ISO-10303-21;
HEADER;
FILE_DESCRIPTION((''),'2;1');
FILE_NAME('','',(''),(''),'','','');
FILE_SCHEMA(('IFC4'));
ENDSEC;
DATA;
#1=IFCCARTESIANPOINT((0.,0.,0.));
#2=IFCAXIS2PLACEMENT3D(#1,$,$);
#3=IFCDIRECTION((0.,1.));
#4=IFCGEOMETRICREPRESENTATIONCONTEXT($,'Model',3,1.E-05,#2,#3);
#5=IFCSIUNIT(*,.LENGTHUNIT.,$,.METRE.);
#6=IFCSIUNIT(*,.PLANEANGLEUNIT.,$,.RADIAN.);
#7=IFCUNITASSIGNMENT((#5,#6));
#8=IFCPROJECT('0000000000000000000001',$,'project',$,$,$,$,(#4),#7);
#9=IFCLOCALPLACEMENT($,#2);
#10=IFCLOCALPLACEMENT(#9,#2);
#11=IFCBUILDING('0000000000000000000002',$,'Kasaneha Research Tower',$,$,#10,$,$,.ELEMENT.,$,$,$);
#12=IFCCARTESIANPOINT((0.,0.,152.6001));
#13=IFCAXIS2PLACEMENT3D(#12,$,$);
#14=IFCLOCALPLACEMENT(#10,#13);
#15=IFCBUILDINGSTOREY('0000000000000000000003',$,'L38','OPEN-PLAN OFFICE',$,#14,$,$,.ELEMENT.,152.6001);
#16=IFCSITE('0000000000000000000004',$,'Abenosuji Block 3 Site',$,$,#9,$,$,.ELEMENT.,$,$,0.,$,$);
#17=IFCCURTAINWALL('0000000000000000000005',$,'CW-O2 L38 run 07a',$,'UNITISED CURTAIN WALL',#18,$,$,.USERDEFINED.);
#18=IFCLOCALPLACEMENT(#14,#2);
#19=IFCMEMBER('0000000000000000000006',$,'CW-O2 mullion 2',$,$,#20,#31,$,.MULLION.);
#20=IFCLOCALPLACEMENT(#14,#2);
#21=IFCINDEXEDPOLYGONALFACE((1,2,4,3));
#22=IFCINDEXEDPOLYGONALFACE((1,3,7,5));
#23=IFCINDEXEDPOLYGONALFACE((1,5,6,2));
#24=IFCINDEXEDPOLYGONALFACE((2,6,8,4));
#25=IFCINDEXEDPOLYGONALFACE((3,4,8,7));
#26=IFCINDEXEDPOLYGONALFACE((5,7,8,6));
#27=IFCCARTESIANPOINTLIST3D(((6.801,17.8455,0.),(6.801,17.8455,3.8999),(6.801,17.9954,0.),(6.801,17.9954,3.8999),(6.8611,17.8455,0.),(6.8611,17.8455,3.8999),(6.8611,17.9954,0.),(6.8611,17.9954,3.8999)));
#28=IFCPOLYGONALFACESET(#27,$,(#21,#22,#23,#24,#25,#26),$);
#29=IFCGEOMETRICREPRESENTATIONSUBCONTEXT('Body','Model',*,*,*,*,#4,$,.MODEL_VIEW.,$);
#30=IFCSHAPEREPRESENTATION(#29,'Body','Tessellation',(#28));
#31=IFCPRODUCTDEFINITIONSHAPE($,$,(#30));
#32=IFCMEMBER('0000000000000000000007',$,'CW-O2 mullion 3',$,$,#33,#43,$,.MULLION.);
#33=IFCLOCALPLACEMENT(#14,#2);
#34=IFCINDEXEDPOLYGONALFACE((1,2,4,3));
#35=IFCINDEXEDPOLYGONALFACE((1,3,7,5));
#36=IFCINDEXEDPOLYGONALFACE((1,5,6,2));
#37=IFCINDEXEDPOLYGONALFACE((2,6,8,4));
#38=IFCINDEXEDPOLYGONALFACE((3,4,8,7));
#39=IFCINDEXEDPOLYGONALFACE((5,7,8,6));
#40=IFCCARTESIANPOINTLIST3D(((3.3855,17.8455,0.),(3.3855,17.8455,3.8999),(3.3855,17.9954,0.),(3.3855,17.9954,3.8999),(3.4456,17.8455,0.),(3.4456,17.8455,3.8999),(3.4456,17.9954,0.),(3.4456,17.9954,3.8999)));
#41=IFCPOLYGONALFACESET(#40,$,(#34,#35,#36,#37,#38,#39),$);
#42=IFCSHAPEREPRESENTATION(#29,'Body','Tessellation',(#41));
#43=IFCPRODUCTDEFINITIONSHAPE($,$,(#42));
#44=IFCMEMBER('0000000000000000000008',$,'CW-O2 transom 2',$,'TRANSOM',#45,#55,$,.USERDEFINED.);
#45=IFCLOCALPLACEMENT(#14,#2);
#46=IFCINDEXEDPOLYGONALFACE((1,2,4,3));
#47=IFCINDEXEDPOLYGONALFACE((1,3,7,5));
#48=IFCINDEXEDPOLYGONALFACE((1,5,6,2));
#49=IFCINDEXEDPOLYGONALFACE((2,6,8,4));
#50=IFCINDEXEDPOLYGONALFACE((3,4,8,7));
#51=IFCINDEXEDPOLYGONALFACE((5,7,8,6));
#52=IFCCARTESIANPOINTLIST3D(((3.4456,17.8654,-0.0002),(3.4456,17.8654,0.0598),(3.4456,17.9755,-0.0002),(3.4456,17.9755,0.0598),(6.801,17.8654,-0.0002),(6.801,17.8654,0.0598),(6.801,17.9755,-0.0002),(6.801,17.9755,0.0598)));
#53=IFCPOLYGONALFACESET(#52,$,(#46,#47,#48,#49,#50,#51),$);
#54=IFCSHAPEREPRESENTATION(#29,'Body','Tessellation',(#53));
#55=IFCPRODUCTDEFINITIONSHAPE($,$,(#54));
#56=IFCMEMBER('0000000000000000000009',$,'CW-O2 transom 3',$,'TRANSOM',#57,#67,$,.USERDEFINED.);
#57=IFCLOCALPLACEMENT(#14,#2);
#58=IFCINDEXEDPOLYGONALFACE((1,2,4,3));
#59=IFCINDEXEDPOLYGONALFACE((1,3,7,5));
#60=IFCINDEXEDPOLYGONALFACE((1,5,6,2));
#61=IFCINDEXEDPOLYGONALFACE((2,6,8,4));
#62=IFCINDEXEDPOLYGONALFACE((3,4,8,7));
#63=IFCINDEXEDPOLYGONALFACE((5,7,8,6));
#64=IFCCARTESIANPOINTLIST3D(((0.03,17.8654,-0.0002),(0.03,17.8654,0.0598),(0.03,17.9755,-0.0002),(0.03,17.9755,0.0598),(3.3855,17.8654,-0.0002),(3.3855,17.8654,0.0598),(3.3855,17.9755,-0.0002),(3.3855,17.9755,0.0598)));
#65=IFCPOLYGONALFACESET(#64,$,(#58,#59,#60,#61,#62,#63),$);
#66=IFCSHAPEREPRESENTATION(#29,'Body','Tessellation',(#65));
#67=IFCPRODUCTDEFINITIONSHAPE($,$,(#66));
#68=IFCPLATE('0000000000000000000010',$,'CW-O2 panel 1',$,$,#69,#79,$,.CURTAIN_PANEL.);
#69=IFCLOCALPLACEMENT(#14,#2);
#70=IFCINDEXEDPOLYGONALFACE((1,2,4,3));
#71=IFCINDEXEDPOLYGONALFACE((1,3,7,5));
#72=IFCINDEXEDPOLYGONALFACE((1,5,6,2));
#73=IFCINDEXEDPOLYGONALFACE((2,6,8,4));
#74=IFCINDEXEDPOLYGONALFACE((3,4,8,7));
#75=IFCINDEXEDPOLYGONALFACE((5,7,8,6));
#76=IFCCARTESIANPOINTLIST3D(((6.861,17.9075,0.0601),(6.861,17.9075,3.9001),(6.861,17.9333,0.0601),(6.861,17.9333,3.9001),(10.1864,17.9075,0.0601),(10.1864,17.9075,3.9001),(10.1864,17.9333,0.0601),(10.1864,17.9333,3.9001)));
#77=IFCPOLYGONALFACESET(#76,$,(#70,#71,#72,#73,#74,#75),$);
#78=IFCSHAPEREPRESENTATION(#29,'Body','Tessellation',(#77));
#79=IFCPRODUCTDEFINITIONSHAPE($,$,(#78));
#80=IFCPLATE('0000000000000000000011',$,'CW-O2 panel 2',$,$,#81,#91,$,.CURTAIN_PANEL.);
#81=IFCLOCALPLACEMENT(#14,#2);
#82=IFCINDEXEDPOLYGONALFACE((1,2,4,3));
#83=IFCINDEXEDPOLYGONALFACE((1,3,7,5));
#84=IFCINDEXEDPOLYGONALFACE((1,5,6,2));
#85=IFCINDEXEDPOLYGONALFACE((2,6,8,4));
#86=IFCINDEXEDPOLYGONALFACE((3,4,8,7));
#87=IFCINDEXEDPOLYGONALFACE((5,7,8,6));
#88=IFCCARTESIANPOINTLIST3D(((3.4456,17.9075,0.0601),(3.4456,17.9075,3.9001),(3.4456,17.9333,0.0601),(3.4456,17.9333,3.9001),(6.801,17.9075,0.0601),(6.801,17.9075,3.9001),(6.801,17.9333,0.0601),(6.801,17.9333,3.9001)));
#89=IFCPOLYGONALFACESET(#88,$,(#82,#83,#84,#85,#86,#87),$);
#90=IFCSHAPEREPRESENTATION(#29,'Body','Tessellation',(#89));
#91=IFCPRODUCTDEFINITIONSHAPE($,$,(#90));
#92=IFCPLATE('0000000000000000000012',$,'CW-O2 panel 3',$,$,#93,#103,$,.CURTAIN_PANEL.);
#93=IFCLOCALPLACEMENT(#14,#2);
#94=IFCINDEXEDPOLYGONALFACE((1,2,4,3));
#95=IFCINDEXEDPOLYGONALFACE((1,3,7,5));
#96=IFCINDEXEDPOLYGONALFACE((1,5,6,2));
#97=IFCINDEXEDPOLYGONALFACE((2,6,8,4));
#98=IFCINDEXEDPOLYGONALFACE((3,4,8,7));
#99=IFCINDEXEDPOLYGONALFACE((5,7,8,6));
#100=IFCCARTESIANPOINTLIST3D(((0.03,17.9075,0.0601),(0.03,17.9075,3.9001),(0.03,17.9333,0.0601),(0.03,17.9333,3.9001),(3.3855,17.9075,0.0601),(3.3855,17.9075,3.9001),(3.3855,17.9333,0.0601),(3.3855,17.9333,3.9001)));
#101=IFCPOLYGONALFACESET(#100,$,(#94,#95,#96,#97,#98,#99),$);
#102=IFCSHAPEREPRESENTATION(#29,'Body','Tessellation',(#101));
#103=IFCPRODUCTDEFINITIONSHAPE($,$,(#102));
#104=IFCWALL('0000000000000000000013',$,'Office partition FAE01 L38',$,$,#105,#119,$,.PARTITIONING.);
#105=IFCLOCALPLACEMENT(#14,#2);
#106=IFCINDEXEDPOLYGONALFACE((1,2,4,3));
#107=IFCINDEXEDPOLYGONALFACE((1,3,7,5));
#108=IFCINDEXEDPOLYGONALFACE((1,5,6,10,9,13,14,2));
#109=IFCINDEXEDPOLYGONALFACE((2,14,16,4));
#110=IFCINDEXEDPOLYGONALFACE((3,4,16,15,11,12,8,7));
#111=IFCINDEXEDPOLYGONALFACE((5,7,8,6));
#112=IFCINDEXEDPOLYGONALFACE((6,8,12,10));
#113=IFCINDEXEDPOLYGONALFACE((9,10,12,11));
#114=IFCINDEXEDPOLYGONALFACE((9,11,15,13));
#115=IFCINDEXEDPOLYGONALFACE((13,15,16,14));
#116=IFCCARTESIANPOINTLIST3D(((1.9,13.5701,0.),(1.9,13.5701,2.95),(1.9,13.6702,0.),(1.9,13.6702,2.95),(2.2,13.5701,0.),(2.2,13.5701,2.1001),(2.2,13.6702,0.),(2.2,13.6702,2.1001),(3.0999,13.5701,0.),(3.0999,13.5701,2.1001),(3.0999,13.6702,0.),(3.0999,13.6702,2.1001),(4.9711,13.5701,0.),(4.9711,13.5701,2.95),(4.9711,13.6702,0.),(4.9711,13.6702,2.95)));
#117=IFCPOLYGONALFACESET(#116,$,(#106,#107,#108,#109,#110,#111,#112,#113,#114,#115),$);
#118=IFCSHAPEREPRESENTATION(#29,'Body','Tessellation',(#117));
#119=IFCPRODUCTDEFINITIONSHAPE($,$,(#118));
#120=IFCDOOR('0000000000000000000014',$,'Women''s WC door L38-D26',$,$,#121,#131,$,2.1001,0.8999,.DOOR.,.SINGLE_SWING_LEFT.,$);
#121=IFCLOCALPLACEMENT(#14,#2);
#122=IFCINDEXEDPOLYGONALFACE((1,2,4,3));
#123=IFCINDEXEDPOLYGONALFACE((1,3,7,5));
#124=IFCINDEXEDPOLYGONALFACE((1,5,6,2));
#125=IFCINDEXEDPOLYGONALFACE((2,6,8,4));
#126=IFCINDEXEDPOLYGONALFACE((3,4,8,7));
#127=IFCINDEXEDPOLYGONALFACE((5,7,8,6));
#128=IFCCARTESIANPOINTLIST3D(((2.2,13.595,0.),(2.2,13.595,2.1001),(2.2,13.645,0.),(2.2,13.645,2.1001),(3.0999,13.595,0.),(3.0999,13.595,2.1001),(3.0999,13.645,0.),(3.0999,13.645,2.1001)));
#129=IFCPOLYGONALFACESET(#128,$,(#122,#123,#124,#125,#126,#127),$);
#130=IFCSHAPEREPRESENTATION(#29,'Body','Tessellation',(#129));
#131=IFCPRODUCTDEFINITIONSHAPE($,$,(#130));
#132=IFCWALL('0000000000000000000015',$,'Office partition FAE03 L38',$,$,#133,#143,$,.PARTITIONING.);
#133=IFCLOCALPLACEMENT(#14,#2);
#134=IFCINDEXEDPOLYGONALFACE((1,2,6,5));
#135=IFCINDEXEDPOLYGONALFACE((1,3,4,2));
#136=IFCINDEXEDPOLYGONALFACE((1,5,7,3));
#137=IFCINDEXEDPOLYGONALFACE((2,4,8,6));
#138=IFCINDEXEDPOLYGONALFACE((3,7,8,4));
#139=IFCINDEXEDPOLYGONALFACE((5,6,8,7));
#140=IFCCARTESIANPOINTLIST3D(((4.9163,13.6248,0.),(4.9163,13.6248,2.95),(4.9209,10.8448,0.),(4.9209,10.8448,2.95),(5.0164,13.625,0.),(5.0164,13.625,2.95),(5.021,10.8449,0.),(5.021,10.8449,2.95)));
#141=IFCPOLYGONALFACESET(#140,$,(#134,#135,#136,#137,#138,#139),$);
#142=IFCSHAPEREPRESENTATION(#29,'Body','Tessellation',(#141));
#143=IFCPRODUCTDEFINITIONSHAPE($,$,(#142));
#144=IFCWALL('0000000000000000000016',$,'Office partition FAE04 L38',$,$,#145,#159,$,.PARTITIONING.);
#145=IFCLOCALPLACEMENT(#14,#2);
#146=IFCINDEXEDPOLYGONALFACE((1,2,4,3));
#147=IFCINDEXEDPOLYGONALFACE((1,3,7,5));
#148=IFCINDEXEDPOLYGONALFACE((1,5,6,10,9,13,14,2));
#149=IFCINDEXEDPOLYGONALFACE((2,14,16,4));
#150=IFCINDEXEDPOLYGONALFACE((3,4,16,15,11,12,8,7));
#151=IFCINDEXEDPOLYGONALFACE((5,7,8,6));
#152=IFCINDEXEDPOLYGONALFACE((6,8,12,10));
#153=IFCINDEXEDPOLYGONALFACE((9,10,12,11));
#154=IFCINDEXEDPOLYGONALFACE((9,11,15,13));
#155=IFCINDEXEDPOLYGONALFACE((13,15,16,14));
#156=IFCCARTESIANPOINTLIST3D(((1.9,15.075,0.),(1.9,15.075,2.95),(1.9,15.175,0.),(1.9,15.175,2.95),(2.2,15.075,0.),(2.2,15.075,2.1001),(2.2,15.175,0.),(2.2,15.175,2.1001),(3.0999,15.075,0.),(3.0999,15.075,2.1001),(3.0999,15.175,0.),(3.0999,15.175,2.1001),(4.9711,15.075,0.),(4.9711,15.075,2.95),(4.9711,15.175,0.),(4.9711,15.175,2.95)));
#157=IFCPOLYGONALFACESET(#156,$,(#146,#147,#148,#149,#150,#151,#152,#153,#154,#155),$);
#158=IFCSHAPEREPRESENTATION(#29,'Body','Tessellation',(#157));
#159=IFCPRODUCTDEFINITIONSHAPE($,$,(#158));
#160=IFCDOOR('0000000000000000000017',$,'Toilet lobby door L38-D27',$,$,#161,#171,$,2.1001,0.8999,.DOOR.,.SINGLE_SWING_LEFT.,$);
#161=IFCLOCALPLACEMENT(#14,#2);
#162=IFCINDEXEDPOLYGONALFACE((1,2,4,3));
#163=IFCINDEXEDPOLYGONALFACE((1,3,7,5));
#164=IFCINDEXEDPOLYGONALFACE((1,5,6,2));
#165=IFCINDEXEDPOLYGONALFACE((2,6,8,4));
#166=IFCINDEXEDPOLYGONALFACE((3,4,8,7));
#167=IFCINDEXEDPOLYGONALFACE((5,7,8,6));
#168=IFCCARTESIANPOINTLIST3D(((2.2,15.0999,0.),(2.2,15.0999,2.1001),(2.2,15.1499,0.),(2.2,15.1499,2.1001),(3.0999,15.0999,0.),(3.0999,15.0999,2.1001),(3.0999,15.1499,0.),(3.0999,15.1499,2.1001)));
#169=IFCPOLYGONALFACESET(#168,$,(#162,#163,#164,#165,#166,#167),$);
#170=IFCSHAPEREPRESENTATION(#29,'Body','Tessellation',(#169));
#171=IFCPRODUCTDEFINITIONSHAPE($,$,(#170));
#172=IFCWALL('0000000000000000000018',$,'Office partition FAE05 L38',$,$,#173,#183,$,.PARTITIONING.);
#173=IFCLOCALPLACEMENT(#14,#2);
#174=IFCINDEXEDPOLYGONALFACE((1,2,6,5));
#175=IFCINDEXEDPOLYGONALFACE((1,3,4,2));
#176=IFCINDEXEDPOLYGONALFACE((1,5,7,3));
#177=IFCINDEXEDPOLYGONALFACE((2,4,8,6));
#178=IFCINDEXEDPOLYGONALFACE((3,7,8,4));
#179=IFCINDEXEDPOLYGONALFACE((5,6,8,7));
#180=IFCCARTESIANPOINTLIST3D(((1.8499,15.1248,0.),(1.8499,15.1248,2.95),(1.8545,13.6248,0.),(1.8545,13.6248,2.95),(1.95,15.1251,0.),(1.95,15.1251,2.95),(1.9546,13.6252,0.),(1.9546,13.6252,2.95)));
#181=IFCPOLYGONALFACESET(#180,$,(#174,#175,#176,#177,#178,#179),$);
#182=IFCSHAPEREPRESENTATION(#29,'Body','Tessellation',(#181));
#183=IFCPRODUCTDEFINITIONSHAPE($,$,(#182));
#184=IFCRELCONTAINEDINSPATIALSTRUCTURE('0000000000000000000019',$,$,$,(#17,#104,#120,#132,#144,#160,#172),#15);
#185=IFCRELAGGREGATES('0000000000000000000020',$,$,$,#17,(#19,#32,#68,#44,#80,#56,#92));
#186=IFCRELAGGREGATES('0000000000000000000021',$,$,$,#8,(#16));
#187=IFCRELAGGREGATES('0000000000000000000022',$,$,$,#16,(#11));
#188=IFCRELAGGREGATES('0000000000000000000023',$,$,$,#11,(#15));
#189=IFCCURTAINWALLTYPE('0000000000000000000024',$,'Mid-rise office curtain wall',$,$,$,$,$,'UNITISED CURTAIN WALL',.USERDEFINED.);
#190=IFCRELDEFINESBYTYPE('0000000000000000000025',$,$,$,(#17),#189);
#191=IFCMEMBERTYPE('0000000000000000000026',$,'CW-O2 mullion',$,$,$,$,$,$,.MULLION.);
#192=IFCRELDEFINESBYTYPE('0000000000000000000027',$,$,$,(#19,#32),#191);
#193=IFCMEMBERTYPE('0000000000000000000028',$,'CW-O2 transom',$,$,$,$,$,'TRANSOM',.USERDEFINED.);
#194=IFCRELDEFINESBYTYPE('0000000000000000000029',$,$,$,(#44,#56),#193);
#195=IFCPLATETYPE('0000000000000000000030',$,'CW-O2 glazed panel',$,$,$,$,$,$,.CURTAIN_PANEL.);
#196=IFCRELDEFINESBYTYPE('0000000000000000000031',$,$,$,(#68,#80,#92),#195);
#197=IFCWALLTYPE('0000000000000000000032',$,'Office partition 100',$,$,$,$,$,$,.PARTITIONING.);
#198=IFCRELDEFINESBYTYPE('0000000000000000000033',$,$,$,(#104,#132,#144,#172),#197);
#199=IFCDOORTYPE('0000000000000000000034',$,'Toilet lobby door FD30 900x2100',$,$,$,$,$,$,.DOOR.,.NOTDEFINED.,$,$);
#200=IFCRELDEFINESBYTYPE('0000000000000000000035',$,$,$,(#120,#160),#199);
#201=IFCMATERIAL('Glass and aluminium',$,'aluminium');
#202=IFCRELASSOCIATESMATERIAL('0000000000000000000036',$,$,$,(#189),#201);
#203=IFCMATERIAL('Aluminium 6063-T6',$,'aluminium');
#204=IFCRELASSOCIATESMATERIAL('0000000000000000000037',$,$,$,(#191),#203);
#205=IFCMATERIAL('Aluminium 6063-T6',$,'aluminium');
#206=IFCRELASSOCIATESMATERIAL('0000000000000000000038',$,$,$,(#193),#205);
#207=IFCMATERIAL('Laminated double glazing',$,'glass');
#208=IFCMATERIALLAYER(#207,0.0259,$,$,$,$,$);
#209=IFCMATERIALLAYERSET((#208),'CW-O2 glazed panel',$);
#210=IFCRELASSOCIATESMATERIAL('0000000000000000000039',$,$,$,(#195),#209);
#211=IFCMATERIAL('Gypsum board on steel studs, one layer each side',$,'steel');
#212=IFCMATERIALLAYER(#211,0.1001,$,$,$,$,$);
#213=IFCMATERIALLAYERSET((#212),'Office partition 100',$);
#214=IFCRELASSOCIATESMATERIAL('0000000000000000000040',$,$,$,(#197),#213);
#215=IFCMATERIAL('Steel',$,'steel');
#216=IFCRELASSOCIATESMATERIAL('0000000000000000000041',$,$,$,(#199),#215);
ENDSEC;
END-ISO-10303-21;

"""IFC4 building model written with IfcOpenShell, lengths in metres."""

from ifc_helpers import new_model, si_unit, direction, frame, frame_2d, origin, origin_2d, place, context, subcontext, project, spatial, rectangle, extrude, material, layer, layer_set, material_profile, profile_set, type_object, element, fill, aggregate, save


model = new_model("IFC4")

# Units and contexts
model_context = context("Model", 3, precision=1e-05, world=origin(), true_north=direction((0.0, 1.0)))
body_context = subcontext(model_context, "Body", "Model", "MODEL_VIEW")
ifc_project = project(units=[si_unit("LENGTHUNIT", "METRE"), si_unit("PLANEANGLEUNIT", "RADIAN")], contexts=[model_context])

# Site, building, storey
site_placement = place(None, origin())
site = spatial("IfcSite", under=ifc_project, at=site_placement, Name="Abenosuji Block 3 Site", CompositionType="ELEMENT", RefElevation=0.0)
building_placement = place(site_placement, origin())
building = spatial("IfcBuilding", under=site, at=building_placement, Name="Kasaneha Research Tower", CompositionType="ELEMENT")
storey_placement = place(building_placement, frame((0.0, 0.0, 152.6001)))
storey = spatial("IfcBuildingStorey", under=building, at=storey_placement, Name="L38", Description="OPEN-PLAN OFFICE", CompositionType="ELEMENT", Elevation=152.6001)

# Curtain wall, members, plates
ifc_material_1 = material(Name="Glass and aluminium", Category="aluminium")
curtain_wall_type = type_object("IfcCurtainWallType", Name="Mid-rise office curtain wall", ElementType="UNITISED CURTAIN WALL", PredefinedType="USERDEFINED", material=ifc_material_1)
curtain_wall_placement = place(storey_placement, origin())
curtain_wall = element("IfcCurtainWall", 1, at=curtain_wall_placement, inside=storey, type_object=curtain_wall_type, Name="CW-O2 L38 run 07a", ObjectType="UNITISED CURTAIN WALL", PredefinedType="USERDEFINED")
ifc_material_2 = material(Name="Aluminium 6063-T6", Category="aluminium")
ifc_material_profile_1 = material_profile(ifc_material_2, rectangle(XDim=0.0601, YDim=0.1499, at=origin_2d()), Name="CW-O2 mullion 60x150")
ifc_profile_set_1 = profile_set([ifc_material_profile_1], Name="Aluminium 6063-T6")
member_type_1 = type_object("IfcMemberType", Name="CW-O2 mullion", PredefinedType="MULLION", material=ifc_profile_set_1)
member_1_placement = place(storey_placement, frame((6.8311, 17.9204, 0.0), z_axis=(0.0, 0.0, 1.0), x_axis=(-1.0, 0.0, 0.0)))
member_1 = element("IfcMember", 2, at=member_1_placement, type_object=member_type_1, Name="CW-O2 mullion 2", PredefinedType="MULLION", context=body_context, shape_type="SweptSolid", body=[
    extrude(rectangle(XDim=0.0601, YDim=0.1499, at=origin_2d()), origin(), (0.0, 0.0, 1.0), 3.8999),
])
member_2_placement = place(storey_placement, frame((3.4155, 17.9204, 0.0), z_axis=(0.0, 0.0, 1.0), x_axis=(-1.0, 0.0, 0.0)))
member_2 = element("IfcMember", 3, at=member_2_placement, type_object=member_type_1, Name="CW-O2 mullion 3", PredefinedType="MULLION", context=body_context, shape_type="SweptSolid", body=[
    extrude(rectangle(XDim=0.0601, YDim=0.1499, at=origin_2d()), origin(), (0.0, 0.0, 1.0), 3.8999),
])
ifc_material_3 = material(Name="Aluminium 6063-T6", Category="aluminium")
ifc_material_profile_2 = material_profile(ifc_material_3, rectangle(XDim=0.1101, YDim=0.0601, at=origin_2d()), Name="CW-O2 transom 110x60")
ifc_profile_set_2 = profile_set([ifc_material_profile_2], Name="Aluminium 6063-T6")
member_type_2 = type_object("IfcMemberType", Name="CW-O2 transom", ElementType="TRANSOM", PredefinedType="USERDEFINED", material=ifc_profile_set_2)
member_3_placement = place(storey_placement, frame((6.801, 17.9204, 0.0298), z_axis=(-1.0, 0.0, 0.0), x_axis=(0.0, -1.0, 0.0)))
member_3 = element("IfcMember", 4, at=member_3_placement, type_object=member_type_2, Name="CW-O2 transom 2", ObjectType="TRANSOM", PredefinedType="USERDEFINED", context=body_context, shape_type="SweptSolid", body=[
    extrude(rectangle(XDim=0.1101, YDim=0.0601, at=origin_2d()), origin(), (0.0, 0.0, 1.0), 3.3555),
])
member_4_placement = place(storey_placement, frame((3.3855, 17.9204, 0.0298), z_axis=(-1.0, 0.0, 0.0), x_axis=(0.0, -1.0, 0.0)))
member_4 = element("IfcMember", 5, at=member_4_placement, type_object=member_type_2, Name="CW-O2 transom 3", ObjectType="TRANSOM", PredefinedType="USERDEFINED", context=body_context, shape_type="SweptSolid", body=[
    extrude(rectangle(XDim=0.1101, YDim=0.0601, at=origin_2d()), origin(), (0.0, 0.0, 1.0), 3.3555),
])
ifc_material_4 = material(Name="Laminated double glazing", Category="glass")
ifc_layer_1 = layer(ifc_material_4, 0.0259)
ifc_layer_set_1 = layer_set([ifc_layer_1], Name="CW-O2 glazed panel")
plate_type = type_object("IfcPlateType", Name="CW-O2 glazed panel", PredefinedType="CURTAIN_PANEL", material=ifc_layer_set_1)
plate_1_placement = place(storey_placement, frame((8.5237, 17.9204, 0.0601), z_axis=(0.0, 0.0, 1.0), x_axis=(-1.0, 0.0, 0.0)))
plate_1 = element("IfcPlate", 6, at=plate_1_placement, type_object=plate_type, Name="CW-O2 panel 1", PredefinedType="CURTAIN_PANEL", context=body_context, shape_type="SweptSolid", body=[
    extrude(rectangle(XDim=3.3254, YDim=0.0259, at=origin_2d()), origin(), (0.0, 0.0, 1.0), 3.8401),
])
plate_2_placement = place(storey_placement, frame((5.1233, 17.9204, 0.0601), z_axis=(0.0, 0.0, 1.0), x_axis=(-1.0, 0.0, 0.0)))
plate_2 = element("IfcPlate", 7, at=plate_2_placement, type_object=plate_type, Name="CW-O2 panel 2", PredefinedType="CURTAIN_PANEL", context=body_context, shape_type="SweptSolid", body=[
    extrude(rectangle(XDim=3.3555, YDim=0.0259, at=origin_2d()), origin(), (0.0, 0.0, 1.0), 3.8401),
])
plate_3_placement = place(storey_placement, frame((1.7078, 17.9204, 0.0601), z_axis=(0.0, 0.0, 1.0), x_axis=(-1.0, 0.0, 0.0)))
plate_3 = element("IfcPlate", 8, at=plate_3_placement, type_object=plate_type, Name="CW-O2 panel 3", PredefinedType="CURTAIN_PANEL", context=body_context, shape_type="SweptSolid", body=[
    extrude(rectangle(XDim=3.3555, YDim=0.0259, at=origin_2d()), origin(), (0.0, 0.0, 1.0), 3.8401),
])
aggregate(curtain_wall, [member_1, member_2, plate_1, member_3, plate_2, member_4, plate_3])

# Wall, opening, door
ifc_material_5 = material(Name="Gypsum board on steel studs, one layer each side", Category="steel")
ifc_layer_2 = layer(ifc_material_5, 0.1001)
ifc_layer_set_2 = layer_set([ifc_layer_2], Name="Office partition 100")
wall_type_1 = type_object("IfcWallType", Name="Office partition 100", PredefinedType="PARTITIONING", material=ifc_layer_set_2)
wall_1_placement = place(storey_placement, frame((1.8999, 13.6201, 0.0), z_axis=(0.0, 0.0, 1.0), x_axis=(1.0, 0.0, 0.0)))
wall_1 = element("IfcWall", 9, at=wall_1_placement, inside=storey, type_object=wall_type_1, Name="Office partition FAE01 L38", PredefinedType="PARTITIONING", context=body_context, shape_type="SweptSolid", body=[
    extrude(rectangle(XDim=3.071, YDim=0.1001, at=frame_2d((1.5356, 0.0))), origin(), (0.0, 0.0, 1.0), 2.95),
])
opening_1_placement = place(wall_1_placement, frame((0.3, 0.0, 0.0)))
opening_1 = element("IfcOpeningElement", 10, at=opening_1_placement, cuts=wall_1, PredefinedType="OPENING", context=body_context, shape_type="SweptSolid", body=[
    extrude(rectangle(XDim=0.8999, YDim=2.1001, at=frame_2d((0.45, 1.05))), frame((0.0, 0.0601, 0.0), z_axis=(0.0, -1.0, 0.0), x_axis=(1.0, 0.0, 0.0)), (0.0, 0.0, 1.0), 0.1201),
])
ifc_material_6 = material(Name="Steel", Category="steel")
door_type = type_object("IfcDoorType", Name="Toilet lobby door FD30 900x2100", OperationType="NOTDEFINED", PredefinedType="DOOR", material=ifc_material_6)
door_1_placement = place(opening_1_placement, origin())
door_1 = element("IfcDoor", 11, at=door_1_placement, inside=storey, type_object=door_type, Name="Women's WC door L38-D26", OperationType="SINGLE_SWING_LEFT", OverallHeight=2.1001, OverallWidth=0.8999, PredefinedType="DOOR", context=body_context, shape_type="SweptSolid", body=[
    extrude(rectangle(XDim=0.8999, YDim=2.1001, at=frame_2d((0.45, 1.05))), frame((0.0, 0.0249, 0.0), z_axis=(0.0, -1.0, 0.0), x_axis=(1.0, 0.0, 0.0)), (0.0, 0.0, 1.0), 0.05),
])
fill(opening_1, door_1)

# Wall
wall_2_placement = place(storey_placement, frame((4.9663, 13.625, 0.0), z_axis=(0.0, 0.0, 1.0), x_axis=(0.001669, -0.999999, 0.0)))
element("IfcWall", 12, at=wall_2_placement, inside=storey, type_object=wall_type_1, Name="Office partition FAE03 L38", PredefinedType="PARTITIONING", context=body_context, shape_type="SweptSolid", body=[
    extrude(rectangle(XDim=2.78, YDim=0.1001, at=frame_2d((1.3901, 0.0))), origin(), (0.0, 0.0, 1.0), 2.95),
])

# Wall, opening, door
wall_3_placement = place(storey_placement, frame((1.8999, 15.125, 0.0), z_axis=(0.0, 0.0, 1.0), x_axis=(1.0, 0.0, 0.0)))
wall_3 = element("IfcWall", 13, at=wall_3_placement, inside=storey, type_object=wall_type_1, Name="Office partition FAE04 L38", PredefinedType="PARTITIONING", context=body_context, shape_type="SweptSolid", body=[
    extrude(rectangle(XDim=3.071, YDim=0.1001, at=frame_2d((1.5356, 0.0))), origin(), (0.0, 0.0, 1.0), 2.95),
])
opening_2_placement = place(wall_3_placement, frame((0.3, 0.0, 0.0)))
opening_2 = element("IfcOpeningElement", 14, at=opening_2_placement, cuts=wall_3, PredefinedType="OPENING", context=body_context, shape_type="SweptSolid", body=[
    extrude(rectangle(XDim=0.8999, YDim=2.1001, at=frame_2d((0.45, 1.05))), frame((0.0, 0.0601, 0.0), z_axis=(0.0, -1.0, 0.0), x_axis=(1.0, 0.0, 0.0)), (0.0, 0.0, 1.0), 0.1201),
])
door_2_placement = place(opening_2_placement, origin())
door_2 = element("IfcDoor", 15, at=door_2_placement, inside=storey, type_object=door_type, Name="Toilet lobby door L38-D27", OperationType="SINGLE_SWING_LEFT", OverallHeight=2.1001, OverallWidth=0.8999, PredefinedType="DOOR", context=body_context, shape_type="SweptSolid", body=[
    extrude(rectangle(XDim=0.8999, YDim=2.1001, at=frame_2d((0.45, 1.05))), frame((0.0, 0.0249, 0.0), z_axis=(0.0, -1.0, 0.0), x_axis=(1.0, 0.0, 0.0)), (0.0, 0.0, 1.0), 0.05),
])
fill(opening_2, door_2)

# Wall
for number, where, z_axis, x_axis, name in (
    (16, (1.9045, 13.625, 0.0), (0.0, 0.0, 1.0), (-0.003092, 0.999995, 0.0), "Office partition FAE05 L38"),
):
    element("IfcWall", number, at=place(storey_placement, frame(where, z_axis=z_axis, x_axis=x_axis)), inside=storey, type_object=wall_type_1, Name=name, PredefinedType="PARTITIONING", context=body_context, shape_type="SweptSolid", body=[
        extrude(rectangle(XDim=1.5, YDim=0.1001, at=frame_2d((0.75, 0.0))), origin(), (0.0, 0.0, 1.0), 2.95),
    ])

save(model, "model.ifc")
